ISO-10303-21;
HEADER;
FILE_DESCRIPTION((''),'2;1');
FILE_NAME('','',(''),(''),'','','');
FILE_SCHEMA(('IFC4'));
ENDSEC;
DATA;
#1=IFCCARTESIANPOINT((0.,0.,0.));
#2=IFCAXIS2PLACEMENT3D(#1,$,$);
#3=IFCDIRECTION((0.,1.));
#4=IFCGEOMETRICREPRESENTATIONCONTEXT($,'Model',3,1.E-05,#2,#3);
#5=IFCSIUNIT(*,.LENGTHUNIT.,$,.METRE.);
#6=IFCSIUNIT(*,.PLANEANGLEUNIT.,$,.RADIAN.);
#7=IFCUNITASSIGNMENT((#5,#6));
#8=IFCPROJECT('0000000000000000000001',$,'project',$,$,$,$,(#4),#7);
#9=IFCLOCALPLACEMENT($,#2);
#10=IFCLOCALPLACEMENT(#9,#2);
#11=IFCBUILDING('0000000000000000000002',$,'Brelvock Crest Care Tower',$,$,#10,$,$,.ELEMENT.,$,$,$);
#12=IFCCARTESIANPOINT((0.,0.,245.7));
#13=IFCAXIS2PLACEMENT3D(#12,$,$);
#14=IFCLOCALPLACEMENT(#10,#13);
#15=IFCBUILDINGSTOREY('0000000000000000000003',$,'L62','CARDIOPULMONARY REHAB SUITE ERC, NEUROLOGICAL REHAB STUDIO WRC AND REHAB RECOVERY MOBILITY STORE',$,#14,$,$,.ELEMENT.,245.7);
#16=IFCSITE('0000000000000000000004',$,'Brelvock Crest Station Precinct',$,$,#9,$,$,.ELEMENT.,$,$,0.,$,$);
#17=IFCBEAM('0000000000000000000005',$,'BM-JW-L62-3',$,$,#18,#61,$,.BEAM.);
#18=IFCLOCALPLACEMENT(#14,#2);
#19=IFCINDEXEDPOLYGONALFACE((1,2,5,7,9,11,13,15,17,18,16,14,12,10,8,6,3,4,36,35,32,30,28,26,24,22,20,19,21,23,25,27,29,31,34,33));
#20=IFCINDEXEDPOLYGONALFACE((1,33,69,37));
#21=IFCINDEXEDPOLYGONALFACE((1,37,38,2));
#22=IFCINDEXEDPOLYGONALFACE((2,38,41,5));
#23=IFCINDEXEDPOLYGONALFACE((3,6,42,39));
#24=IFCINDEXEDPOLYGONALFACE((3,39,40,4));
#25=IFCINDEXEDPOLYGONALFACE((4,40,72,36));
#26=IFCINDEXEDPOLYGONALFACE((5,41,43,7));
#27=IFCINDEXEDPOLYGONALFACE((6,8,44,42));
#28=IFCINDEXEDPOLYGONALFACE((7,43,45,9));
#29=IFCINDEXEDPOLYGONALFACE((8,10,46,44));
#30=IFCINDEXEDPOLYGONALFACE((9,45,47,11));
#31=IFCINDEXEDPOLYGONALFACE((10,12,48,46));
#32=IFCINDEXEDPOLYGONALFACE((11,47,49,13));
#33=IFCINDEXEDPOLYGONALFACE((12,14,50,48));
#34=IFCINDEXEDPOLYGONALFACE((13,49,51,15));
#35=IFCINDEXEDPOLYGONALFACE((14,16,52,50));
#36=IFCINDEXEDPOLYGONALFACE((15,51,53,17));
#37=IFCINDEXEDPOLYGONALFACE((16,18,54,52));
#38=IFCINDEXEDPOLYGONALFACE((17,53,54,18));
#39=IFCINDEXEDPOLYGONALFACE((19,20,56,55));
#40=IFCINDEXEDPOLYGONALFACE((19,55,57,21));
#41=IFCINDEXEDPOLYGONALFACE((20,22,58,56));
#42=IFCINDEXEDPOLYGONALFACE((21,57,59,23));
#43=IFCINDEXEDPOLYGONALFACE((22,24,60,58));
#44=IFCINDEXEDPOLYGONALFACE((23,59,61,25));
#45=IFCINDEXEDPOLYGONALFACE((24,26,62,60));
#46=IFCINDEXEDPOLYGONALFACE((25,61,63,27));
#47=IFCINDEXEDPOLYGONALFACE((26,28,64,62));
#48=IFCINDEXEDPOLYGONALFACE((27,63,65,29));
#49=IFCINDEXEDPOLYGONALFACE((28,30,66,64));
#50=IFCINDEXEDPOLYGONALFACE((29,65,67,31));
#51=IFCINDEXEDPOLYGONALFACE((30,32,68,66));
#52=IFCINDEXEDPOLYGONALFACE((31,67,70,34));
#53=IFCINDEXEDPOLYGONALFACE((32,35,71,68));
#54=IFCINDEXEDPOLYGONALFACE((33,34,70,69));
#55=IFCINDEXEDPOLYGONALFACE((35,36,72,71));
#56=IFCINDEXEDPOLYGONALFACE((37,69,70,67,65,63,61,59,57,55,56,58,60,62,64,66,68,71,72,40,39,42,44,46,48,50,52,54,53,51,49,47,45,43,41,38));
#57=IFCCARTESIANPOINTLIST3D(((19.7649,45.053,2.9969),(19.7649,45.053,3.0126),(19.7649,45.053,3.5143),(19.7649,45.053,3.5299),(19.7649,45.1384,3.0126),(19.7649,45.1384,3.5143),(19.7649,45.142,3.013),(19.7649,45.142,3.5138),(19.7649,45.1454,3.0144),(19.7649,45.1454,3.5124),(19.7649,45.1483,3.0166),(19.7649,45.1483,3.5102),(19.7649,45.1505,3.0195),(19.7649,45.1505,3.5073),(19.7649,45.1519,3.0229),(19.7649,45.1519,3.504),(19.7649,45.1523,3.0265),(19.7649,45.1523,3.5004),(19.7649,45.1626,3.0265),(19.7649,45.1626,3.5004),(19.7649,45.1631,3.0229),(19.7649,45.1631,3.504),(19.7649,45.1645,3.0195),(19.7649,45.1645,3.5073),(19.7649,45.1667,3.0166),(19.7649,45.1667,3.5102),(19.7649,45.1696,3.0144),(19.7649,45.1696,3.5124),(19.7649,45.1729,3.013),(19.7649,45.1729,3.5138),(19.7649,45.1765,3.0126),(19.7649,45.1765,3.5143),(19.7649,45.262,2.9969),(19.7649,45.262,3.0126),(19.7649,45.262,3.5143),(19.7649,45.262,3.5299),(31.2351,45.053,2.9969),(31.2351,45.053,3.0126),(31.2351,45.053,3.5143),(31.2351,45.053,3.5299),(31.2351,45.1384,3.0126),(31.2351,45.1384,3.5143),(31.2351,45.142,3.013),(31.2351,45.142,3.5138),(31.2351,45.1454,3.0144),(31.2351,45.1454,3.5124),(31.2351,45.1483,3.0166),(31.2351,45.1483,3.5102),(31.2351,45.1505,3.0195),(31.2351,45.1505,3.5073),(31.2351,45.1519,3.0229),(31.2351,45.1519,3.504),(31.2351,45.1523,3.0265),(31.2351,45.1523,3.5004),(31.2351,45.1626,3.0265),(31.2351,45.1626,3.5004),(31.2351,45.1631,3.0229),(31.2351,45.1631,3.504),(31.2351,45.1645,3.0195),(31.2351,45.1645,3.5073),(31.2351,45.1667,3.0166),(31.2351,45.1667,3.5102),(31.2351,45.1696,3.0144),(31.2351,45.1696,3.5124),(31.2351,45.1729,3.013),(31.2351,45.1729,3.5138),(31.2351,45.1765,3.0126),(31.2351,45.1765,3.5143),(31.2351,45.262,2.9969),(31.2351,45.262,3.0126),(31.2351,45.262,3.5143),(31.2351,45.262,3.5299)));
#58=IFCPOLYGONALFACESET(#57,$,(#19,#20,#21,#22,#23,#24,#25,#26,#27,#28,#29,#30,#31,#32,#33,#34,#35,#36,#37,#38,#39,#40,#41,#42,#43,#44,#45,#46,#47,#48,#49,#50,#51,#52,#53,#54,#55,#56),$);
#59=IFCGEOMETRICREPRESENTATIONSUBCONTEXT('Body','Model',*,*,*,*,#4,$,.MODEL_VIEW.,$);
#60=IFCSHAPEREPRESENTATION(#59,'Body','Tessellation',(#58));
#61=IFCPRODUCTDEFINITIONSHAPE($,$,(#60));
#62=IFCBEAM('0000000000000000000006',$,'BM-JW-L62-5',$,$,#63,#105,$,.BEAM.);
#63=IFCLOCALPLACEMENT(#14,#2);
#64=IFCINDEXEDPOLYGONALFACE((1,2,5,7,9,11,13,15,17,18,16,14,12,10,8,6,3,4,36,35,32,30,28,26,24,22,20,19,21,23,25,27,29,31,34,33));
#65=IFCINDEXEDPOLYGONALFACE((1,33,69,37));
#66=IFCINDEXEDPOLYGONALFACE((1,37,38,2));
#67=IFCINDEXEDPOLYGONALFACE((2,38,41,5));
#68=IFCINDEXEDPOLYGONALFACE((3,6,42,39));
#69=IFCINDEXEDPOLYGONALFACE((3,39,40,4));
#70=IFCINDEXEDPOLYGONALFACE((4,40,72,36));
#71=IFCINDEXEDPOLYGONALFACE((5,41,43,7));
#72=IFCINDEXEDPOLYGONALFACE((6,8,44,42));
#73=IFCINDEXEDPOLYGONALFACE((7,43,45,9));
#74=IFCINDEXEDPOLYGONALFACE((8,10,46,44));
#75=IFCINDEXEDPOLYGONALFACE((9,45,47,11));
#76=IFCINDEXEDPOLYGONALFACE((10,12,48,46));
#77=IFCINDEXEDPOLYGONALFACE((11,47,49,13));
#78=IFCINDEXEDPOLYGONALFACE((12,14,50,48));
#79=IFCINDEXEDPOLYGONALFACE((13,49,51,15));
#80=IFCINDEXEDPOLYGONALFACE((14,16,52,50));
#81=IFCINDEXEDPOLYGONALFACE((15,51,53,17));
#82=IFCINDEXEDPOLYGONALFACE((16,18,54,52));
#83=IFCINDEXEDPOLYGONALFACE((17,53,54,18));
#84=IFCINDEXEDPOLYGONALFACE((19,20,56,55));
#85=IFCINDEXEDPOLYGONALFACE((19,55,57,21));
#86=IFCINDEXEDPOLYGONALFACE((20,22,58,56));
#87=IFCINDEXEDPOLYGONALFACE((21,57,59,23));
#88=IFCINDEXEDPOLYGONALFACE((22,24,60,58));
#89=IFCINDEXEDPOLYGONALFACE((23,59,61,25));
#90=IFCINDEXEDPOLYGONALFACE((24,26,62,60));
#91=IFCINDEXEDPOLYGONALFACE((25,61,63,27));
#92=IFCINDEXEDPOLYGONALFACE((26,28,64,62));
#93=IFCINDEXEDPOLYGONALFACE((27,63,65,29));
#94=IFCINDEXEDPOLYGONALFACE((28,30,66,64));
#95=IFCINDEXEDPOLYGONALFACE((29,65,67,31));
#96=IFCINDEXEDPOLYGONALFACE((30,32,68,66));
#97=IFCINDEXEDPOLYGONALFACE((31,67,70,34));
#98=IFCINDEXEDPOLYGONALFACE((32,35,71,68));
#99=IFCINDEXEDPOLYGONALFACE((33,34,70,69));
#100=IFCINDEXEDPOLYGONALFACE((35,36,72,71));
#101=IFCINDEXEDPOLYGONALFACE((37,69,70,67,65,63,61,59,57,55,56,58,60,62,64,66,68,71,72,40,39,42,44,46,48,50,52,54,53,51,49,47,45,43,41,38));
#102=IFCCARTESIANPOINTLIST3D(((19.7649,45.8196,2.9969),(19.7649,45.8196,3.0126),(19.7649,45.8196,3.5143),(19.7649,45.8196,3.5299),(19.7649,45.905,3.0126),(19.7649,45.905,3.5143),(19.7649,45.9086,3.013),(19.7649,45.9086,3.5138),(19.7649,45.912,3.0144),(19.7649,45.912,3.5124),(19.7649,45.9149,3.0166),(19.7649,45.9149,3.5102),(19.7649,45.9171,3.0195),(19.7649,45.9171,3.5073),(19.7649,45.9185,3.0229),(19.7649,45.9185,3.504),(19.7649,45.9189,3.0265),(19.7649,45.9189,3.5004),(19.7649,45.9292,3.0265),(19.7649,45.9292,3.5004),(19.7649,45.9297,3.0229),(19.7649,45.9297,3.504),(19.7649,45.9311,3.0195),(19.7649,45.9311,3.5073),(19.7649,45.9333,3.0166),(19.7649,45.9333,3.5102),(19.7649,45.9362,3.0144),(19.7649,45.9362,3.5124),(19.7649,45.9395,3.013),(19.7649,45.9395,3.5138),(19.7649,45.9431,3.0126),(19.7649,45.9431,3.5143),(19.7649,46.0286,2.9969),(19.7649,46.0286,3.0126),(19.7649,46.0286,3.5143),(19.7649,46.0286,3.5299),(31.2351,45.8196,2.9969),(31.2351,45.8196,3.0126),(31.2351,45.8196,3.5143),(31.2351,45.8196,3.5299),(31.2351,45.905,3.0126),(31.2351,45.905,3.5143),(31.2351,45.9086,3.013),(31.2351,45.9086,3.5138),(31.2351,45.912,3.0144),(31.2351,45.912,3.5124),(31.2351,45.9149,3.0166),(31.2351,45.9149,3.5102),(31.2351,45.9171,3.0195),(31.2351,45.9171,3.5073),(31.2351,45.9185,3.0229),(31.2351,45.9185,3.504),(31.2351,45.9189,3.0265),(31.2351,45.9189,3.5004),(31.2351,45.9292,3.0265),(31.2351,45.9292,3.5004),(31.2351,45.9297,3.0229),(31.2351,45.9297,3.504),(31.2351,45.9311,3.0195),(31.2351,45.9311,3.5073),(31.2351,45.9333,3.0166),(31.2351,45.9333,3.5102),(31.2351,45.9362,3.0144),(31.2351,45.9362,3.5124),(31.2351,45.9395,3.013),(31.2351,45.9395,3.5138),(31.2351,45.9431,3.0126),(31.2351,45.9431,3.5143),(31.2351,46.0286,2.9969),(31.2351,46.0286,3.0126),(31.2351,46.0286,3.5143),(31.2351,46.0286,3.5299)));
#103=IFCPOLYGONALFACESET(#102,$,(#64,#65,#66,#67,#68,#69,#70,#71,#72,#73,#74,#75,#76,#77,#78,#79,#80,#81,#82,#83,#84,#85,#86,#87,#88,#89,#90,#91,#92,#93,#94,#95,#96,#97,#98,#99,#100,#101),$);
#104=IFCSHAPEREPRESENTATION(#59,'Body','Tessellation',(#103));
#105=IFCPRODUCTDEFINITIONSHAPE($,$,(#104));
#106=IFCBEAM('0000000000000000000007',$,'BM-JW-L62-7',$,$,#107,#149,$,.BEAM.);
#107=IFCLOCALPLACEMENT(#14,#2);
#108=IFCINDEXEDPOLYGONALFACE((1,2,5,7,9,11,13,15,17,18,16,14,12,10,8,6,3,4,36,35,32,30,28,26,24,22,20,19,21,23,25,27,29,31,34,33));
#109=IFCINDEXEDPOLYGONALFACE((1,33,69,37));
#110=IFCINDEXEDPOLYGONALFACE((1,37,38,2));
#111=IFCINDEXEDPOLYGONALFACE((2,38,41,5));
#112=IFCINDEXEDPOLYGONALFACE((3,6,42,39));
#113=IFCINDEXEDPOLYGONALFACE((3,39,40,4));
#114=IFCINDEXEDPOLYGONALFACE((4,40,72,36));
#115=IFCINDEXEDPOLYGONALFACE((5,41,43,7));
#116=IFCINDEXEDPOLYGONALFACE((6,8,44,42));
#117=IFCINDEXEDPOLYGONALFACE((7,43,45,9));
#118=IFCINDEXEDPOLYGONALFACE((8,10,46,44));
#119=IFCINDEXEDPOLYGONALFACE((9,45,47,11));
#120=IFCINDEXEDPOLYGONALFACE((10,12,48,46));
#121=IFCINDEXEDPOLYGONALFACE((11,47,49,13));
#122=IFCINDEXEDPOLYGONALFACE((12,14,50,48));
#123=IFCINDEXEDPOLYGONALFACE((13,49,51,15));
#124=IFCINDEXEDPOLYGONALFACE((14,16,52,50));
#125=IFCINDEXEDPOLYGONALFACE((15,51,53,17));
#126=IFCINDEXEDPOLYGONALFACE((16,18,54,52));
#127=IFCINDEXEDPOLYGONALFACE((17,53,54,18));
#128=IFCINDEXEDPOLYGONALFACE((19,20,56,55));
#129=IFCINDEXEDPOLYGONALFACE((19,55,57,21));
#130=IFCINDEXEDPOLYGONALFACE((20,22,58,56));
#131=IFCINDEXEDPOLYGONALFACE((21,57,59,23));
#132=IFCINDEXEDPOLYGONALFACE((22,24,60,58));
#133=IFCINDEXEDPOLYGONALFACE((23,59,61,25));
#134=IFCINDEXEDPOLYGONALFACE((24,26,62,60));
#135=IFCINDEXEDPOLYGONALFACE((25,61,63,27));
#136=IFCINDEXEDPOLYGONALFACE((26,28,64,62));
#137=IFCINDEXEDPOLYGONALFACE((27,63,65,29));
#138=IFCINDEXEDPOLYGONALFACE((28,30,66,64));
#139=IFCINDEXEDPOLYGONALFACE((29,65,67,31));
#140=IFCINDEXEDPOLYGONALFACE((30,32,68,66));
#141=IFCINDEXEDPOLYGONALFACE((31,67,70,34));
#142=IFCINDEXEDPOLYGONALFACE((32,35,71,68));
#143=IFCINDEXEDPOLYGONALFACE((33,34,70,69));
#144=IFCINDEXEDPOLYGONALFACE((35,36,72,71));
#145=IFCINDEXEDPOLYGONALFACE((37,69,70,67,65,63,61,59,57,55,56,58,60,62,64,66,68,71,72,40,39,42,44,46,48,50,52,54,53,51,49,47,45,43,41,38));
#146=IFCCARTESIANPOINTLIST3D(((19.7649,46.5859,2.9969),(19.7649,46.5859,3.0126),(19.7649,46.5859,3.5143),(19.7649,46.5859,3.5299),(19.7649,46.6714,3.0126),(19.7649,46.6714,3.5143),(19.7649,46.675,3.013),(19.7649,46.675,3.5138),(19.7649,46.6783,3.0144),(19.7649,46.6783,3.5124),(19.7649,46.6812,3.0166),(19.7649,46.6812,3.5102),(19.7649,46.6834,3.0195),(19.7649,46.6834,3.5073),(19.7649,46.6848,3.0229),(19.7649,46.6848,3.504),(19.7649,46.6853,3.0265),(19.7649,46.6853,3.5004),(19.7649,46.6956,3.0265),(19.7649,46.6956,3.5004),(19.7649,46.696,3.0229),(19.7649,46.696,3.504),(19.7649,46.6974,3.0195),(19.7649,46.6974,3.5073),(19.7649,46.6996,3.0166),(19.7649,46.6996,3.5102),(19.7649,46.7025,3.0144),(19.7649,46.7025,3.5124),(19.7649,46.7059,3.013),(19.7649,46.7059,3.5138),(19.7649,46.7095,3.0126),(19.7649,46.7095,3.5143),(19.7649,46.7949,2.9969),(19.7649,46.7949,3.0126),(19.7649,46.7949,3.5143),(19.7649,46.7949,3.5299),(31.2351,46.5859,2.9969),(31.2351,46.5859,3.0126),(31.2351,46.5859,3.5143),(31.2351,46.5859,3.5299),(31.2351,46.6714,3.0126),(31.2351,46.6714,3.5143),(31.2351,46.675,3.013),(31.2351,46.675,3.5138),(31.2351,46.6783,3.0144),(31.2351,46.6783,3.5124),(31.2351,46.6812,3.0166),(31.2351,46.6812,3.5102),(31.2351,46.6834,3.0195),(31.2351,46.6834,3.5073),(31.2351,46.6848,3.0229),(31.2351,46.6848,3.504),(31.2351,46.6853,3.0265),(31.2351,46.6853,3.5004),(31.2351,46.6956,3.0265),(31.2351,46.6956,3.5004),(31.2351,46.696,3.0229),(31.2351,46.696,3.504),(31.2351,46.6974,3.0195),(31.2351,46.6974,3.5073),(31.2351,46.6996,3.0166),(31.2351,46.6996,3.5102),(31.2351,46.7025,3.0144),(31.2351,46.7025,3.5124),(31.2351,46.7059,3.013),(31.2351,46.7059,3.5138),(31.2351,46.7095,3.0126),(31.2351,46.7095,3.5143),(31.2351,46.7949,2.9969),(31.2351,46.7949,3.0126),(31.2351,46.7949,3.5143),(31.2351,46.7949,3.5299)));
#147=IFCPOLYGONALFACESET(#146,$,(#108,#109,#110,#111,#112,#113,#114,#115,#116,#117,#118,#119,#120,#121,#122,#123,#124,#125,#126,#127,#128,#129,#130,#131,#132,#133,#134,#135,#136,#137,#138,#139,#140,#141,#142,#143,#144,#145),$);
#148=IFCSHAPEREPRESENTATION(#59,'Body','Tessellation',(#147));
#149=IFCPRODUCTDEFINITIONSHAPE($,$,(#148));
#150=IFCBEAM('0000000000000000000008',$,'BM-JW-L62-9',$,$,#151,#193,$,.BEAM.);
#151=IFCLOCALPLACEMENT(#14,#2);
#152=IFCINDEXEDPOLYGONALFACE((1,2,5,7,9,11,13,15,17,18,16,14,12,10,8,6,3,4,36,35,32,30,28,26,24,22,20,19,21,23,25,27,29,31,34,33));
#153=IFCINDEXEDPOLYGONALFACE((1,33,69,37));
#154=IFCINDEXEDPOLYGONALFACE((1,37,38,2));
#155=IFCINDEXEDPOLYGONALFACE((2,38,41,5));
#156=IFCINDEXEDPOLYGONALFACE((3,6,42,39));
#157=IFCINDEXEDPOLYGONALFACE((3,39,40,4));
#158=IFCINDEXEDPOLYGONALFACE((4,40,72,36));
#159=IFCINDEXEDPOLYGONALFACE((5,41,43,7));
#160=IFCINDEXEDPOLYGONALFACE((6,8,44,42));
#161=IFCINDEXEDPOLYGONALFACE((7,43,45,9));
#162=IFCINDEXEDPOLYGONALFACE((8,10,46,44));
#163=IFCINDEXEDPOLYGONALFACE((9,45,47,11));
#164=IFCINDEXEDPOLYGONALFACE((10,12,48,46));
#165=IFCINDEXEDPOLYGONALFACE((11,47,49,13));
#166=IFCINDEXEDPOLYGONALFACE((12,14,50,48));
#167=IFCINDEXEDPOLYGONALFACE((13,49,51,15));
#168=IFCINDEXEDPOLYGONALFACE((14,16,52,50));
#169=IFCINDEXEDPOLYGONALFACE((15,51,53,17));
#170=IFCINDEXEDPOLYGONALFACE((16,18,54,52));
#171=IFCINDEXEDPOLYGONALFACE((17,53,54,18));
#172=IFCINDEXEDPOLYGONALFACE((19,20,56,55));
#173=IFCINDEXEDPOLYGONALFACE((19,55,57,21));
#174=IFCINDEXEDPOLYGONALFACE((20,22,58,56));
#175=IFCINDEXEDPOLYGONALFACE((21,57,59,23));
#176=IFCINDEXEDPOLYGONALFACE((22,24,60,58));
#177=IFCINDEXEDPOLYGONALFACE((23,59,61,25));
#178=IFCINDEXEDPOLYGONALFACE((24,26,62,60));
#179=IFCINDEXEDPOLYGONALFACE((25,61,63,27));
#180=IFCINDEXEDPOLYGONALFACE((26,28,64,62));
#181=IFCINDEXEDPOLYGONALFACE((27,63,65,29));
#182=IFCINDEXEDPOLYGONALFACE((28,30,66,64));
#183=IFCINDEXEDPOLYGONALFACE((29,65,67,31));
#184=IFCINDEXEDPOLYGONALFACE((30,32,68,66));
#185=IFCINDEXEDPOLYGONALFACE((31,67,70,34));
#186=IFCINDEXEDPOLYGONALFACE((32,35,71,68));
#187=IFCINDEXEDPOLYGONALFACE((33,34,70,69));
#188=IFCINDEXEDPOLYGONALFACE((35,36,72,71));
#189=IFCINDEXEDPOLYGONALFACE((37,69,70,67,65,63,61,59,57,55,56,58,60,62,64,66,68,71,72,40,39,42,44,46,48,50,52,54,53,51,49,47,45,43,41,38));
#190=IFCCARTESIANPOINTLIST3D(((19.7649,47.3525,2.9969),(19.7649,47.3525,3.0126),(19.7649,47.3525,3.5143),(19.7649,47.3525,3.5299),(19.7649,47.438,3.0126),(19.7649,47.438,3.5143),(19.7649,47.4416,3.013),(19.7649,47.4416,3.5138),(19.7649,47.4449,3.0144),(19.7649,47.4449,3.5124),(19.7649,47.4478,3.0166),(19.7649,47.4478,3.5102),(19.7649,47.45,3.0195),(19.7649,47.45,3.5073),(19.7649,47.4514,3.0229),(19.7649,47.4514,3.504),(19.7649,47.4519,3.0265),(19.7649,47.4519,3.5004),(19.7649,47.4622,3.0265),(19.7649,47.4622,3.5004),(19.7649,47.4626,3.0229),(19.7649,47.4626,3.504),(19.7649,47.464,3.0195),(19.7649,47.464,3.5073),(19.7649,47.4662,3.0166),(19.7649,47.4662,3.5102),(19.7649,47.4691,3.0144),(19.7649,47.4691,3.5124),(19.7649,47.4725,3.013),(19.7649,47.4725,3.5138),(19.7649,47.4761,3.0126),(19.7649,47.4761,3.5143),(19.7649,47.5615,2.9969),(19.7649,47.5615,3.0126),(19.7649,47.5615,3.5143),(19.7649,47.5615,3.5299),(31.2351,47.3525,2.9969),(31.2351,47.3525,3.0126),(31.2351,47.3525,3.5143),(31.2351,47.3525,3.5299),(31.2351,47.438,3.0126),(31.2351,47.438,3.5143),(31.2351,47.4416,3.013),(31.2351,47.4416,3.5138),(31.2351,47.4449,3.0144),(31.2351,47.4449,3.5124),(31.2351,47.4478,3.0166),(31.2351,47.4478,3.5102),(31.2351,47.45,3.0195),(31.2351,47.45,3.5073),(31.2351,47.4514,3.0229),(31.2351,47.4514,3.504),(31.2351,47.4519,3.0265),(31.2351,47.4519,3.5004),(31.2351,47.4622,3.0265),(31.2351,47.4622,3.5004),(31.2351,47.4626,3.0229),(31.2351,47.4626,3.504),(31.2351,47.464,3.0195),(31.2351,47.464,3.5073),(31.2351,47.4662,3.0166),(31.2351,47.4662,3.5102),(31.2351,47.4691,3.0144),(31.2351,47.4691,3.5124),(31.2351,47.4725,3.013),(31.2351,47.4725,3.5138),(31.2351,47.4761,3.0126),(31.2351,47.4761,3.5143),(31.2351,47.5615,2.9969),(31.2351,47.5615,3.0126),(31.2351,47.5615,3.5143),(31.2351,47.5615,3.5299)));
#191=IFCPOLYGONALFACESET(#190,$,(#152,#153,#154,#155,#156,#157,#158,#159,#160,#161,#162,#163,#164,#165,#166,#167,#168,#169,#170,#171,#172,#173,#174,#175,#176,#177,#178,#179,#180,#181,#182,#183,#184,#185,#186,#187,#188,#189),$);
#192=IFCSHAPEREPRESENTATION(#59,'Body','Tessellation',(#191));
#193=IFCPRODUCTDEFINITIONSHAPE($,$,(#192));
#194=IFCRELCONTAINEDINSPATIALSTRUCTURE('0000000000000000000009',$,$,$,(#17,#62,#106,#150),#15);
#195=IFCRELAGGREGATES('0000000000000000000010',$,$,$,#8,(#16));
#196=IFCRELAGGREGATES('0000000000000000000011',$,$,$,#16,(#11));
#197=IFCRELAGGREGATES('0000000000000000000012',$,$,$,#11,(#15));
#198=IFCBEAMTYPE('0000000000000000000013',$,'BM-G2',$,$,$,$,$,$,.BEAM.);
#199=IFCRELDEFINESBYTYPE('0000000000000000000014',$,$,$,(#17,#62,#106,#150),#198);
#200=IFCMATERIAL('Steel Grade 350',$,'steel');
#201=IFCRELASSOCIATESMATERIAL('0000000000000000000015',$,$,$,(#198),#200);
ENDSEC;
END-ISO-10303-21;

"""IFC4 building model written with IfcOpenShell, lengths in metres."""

from ifc_helpers import new_model, si_unit, direction, frame, origin, origin_2d, place, context, subcontext, project, spatial, i_section, extrude, source, transform, mapped, material, material_profile, profile_set, type_object, element, save


model = new_model("IFC4")

# Units and contexts
model_context = context("Model", 3, precision=1e-05, world=origin(), true_north=direction((0.0, 1.0)))
body_context = subcontext(model_context, "Body", "Model", "MODEL_VIEW")
ifc_project = project(units=[si_unit("LENGTHUNIT", "METRE"), si_unit("PLANEANGLEUNIT", "RADIAN")], contexts=[model_context])

# Site, building, storey
site_placement = place(None, origin())
site = spatial("IfcSite", under=ifc_project, at=site_placement, Name="Brelvock Crest Station Precinct", CompositionType="ELEMENT", RefElevation=0.0)
building_placement = place(site_placement, origin())
building = spatial("IfcBuilding", under=site, at=building_placement, Name="Brelvock Crest Care Tower", CompositionType="ELEMENT")
storey_placement = place(building_placement, frame((0.0, 0.0, 245.7)))
storey = spatial("IfcBuildingStorey", under=building, at=storey_placement, Name="L62", Description="CARDIOPULMONARY REHAB SUITE ERC, NEUROLOGICAL REHAB STUDIO WRC AND REHAB RECOVERY MOBILITY STORE", CompositionType="ELEMENT", Elevation=245.7)

# Beams
ifc_material_1 = material(Name="Steel Grade 350", Category="steel")
ifc_material_profile_1 = material_profile(ifc_material_1, i_section(OverallWidth=0.209, OverallDepth=0.533, WebThickness=0.0103, FlangeThickness=0.0156, FilletRadius=0.0139, at=origin_2d()), Name="530UB92.4")
ifc_profile_set_1 = profile_set([ifc_material_profile_1], Name="Steel Grade 350")
beam_type_1 = type_object("IfcBeamType", Name="BM-G2", PredefinedType="BEAM", material=ifc_profile_set_1)
shared_shape_1 = source(origin(), body_context, "Body", "SweptSolid", [
    extrude(i_section(OverallWidth=0.209, OverallDepth=0.533, WebThickness=0.0103, FlangeThickness=0.0156, FilletRadius=0.0139, at=origin_2d()), origin(), (0.0, 0.0, 1.0), 11.4702),
])
for number, where, z_axis, x_axis, name in (
    (1, (19.7649, 45.1575, 3.2634), (1.0, 0.0, 0.0), (0.0, 1.0, 0.0), "BM-JW-L62-3"),
    (2, (19.7649, 45.9241, 3.2634), (1.0, 0.0, 0.0), (0.0, 1.0, 0.0), "BM-JW-L62-5"),
    (3, (19.7649, 46.6904, 3.2634), (1.0, 0.0, 0.0), (0.0, 1.0, 0.0), "BM-JW-L62-7"),
    (4, (19.7649, 47.457, 3.2634), (1.0, 0.0, 0.0), (0.0, 1.0, 0.0), "BM-JW-L62-9"),
):
    element("IfcBeam", number, at=place(storey_placement, frame(where, z_axis=z_axis, x_axis=x_axis)), inside=storey, type_object=beam_type_1, Name=name, PredefinedType="BEAM", context=body_context, shape_type="MappedRepresentation", body=[
        mapped(shared_shape_1, transform((0.0, 0.0, 0.0), x_axis=(1.0, 0.0, 0.0), y_axis=(0.0, 1.0, 0.0), z_axis=(0.0, 0.0, 1.0), scale=1.0)),
    ])

save(model, "model.ifc")
